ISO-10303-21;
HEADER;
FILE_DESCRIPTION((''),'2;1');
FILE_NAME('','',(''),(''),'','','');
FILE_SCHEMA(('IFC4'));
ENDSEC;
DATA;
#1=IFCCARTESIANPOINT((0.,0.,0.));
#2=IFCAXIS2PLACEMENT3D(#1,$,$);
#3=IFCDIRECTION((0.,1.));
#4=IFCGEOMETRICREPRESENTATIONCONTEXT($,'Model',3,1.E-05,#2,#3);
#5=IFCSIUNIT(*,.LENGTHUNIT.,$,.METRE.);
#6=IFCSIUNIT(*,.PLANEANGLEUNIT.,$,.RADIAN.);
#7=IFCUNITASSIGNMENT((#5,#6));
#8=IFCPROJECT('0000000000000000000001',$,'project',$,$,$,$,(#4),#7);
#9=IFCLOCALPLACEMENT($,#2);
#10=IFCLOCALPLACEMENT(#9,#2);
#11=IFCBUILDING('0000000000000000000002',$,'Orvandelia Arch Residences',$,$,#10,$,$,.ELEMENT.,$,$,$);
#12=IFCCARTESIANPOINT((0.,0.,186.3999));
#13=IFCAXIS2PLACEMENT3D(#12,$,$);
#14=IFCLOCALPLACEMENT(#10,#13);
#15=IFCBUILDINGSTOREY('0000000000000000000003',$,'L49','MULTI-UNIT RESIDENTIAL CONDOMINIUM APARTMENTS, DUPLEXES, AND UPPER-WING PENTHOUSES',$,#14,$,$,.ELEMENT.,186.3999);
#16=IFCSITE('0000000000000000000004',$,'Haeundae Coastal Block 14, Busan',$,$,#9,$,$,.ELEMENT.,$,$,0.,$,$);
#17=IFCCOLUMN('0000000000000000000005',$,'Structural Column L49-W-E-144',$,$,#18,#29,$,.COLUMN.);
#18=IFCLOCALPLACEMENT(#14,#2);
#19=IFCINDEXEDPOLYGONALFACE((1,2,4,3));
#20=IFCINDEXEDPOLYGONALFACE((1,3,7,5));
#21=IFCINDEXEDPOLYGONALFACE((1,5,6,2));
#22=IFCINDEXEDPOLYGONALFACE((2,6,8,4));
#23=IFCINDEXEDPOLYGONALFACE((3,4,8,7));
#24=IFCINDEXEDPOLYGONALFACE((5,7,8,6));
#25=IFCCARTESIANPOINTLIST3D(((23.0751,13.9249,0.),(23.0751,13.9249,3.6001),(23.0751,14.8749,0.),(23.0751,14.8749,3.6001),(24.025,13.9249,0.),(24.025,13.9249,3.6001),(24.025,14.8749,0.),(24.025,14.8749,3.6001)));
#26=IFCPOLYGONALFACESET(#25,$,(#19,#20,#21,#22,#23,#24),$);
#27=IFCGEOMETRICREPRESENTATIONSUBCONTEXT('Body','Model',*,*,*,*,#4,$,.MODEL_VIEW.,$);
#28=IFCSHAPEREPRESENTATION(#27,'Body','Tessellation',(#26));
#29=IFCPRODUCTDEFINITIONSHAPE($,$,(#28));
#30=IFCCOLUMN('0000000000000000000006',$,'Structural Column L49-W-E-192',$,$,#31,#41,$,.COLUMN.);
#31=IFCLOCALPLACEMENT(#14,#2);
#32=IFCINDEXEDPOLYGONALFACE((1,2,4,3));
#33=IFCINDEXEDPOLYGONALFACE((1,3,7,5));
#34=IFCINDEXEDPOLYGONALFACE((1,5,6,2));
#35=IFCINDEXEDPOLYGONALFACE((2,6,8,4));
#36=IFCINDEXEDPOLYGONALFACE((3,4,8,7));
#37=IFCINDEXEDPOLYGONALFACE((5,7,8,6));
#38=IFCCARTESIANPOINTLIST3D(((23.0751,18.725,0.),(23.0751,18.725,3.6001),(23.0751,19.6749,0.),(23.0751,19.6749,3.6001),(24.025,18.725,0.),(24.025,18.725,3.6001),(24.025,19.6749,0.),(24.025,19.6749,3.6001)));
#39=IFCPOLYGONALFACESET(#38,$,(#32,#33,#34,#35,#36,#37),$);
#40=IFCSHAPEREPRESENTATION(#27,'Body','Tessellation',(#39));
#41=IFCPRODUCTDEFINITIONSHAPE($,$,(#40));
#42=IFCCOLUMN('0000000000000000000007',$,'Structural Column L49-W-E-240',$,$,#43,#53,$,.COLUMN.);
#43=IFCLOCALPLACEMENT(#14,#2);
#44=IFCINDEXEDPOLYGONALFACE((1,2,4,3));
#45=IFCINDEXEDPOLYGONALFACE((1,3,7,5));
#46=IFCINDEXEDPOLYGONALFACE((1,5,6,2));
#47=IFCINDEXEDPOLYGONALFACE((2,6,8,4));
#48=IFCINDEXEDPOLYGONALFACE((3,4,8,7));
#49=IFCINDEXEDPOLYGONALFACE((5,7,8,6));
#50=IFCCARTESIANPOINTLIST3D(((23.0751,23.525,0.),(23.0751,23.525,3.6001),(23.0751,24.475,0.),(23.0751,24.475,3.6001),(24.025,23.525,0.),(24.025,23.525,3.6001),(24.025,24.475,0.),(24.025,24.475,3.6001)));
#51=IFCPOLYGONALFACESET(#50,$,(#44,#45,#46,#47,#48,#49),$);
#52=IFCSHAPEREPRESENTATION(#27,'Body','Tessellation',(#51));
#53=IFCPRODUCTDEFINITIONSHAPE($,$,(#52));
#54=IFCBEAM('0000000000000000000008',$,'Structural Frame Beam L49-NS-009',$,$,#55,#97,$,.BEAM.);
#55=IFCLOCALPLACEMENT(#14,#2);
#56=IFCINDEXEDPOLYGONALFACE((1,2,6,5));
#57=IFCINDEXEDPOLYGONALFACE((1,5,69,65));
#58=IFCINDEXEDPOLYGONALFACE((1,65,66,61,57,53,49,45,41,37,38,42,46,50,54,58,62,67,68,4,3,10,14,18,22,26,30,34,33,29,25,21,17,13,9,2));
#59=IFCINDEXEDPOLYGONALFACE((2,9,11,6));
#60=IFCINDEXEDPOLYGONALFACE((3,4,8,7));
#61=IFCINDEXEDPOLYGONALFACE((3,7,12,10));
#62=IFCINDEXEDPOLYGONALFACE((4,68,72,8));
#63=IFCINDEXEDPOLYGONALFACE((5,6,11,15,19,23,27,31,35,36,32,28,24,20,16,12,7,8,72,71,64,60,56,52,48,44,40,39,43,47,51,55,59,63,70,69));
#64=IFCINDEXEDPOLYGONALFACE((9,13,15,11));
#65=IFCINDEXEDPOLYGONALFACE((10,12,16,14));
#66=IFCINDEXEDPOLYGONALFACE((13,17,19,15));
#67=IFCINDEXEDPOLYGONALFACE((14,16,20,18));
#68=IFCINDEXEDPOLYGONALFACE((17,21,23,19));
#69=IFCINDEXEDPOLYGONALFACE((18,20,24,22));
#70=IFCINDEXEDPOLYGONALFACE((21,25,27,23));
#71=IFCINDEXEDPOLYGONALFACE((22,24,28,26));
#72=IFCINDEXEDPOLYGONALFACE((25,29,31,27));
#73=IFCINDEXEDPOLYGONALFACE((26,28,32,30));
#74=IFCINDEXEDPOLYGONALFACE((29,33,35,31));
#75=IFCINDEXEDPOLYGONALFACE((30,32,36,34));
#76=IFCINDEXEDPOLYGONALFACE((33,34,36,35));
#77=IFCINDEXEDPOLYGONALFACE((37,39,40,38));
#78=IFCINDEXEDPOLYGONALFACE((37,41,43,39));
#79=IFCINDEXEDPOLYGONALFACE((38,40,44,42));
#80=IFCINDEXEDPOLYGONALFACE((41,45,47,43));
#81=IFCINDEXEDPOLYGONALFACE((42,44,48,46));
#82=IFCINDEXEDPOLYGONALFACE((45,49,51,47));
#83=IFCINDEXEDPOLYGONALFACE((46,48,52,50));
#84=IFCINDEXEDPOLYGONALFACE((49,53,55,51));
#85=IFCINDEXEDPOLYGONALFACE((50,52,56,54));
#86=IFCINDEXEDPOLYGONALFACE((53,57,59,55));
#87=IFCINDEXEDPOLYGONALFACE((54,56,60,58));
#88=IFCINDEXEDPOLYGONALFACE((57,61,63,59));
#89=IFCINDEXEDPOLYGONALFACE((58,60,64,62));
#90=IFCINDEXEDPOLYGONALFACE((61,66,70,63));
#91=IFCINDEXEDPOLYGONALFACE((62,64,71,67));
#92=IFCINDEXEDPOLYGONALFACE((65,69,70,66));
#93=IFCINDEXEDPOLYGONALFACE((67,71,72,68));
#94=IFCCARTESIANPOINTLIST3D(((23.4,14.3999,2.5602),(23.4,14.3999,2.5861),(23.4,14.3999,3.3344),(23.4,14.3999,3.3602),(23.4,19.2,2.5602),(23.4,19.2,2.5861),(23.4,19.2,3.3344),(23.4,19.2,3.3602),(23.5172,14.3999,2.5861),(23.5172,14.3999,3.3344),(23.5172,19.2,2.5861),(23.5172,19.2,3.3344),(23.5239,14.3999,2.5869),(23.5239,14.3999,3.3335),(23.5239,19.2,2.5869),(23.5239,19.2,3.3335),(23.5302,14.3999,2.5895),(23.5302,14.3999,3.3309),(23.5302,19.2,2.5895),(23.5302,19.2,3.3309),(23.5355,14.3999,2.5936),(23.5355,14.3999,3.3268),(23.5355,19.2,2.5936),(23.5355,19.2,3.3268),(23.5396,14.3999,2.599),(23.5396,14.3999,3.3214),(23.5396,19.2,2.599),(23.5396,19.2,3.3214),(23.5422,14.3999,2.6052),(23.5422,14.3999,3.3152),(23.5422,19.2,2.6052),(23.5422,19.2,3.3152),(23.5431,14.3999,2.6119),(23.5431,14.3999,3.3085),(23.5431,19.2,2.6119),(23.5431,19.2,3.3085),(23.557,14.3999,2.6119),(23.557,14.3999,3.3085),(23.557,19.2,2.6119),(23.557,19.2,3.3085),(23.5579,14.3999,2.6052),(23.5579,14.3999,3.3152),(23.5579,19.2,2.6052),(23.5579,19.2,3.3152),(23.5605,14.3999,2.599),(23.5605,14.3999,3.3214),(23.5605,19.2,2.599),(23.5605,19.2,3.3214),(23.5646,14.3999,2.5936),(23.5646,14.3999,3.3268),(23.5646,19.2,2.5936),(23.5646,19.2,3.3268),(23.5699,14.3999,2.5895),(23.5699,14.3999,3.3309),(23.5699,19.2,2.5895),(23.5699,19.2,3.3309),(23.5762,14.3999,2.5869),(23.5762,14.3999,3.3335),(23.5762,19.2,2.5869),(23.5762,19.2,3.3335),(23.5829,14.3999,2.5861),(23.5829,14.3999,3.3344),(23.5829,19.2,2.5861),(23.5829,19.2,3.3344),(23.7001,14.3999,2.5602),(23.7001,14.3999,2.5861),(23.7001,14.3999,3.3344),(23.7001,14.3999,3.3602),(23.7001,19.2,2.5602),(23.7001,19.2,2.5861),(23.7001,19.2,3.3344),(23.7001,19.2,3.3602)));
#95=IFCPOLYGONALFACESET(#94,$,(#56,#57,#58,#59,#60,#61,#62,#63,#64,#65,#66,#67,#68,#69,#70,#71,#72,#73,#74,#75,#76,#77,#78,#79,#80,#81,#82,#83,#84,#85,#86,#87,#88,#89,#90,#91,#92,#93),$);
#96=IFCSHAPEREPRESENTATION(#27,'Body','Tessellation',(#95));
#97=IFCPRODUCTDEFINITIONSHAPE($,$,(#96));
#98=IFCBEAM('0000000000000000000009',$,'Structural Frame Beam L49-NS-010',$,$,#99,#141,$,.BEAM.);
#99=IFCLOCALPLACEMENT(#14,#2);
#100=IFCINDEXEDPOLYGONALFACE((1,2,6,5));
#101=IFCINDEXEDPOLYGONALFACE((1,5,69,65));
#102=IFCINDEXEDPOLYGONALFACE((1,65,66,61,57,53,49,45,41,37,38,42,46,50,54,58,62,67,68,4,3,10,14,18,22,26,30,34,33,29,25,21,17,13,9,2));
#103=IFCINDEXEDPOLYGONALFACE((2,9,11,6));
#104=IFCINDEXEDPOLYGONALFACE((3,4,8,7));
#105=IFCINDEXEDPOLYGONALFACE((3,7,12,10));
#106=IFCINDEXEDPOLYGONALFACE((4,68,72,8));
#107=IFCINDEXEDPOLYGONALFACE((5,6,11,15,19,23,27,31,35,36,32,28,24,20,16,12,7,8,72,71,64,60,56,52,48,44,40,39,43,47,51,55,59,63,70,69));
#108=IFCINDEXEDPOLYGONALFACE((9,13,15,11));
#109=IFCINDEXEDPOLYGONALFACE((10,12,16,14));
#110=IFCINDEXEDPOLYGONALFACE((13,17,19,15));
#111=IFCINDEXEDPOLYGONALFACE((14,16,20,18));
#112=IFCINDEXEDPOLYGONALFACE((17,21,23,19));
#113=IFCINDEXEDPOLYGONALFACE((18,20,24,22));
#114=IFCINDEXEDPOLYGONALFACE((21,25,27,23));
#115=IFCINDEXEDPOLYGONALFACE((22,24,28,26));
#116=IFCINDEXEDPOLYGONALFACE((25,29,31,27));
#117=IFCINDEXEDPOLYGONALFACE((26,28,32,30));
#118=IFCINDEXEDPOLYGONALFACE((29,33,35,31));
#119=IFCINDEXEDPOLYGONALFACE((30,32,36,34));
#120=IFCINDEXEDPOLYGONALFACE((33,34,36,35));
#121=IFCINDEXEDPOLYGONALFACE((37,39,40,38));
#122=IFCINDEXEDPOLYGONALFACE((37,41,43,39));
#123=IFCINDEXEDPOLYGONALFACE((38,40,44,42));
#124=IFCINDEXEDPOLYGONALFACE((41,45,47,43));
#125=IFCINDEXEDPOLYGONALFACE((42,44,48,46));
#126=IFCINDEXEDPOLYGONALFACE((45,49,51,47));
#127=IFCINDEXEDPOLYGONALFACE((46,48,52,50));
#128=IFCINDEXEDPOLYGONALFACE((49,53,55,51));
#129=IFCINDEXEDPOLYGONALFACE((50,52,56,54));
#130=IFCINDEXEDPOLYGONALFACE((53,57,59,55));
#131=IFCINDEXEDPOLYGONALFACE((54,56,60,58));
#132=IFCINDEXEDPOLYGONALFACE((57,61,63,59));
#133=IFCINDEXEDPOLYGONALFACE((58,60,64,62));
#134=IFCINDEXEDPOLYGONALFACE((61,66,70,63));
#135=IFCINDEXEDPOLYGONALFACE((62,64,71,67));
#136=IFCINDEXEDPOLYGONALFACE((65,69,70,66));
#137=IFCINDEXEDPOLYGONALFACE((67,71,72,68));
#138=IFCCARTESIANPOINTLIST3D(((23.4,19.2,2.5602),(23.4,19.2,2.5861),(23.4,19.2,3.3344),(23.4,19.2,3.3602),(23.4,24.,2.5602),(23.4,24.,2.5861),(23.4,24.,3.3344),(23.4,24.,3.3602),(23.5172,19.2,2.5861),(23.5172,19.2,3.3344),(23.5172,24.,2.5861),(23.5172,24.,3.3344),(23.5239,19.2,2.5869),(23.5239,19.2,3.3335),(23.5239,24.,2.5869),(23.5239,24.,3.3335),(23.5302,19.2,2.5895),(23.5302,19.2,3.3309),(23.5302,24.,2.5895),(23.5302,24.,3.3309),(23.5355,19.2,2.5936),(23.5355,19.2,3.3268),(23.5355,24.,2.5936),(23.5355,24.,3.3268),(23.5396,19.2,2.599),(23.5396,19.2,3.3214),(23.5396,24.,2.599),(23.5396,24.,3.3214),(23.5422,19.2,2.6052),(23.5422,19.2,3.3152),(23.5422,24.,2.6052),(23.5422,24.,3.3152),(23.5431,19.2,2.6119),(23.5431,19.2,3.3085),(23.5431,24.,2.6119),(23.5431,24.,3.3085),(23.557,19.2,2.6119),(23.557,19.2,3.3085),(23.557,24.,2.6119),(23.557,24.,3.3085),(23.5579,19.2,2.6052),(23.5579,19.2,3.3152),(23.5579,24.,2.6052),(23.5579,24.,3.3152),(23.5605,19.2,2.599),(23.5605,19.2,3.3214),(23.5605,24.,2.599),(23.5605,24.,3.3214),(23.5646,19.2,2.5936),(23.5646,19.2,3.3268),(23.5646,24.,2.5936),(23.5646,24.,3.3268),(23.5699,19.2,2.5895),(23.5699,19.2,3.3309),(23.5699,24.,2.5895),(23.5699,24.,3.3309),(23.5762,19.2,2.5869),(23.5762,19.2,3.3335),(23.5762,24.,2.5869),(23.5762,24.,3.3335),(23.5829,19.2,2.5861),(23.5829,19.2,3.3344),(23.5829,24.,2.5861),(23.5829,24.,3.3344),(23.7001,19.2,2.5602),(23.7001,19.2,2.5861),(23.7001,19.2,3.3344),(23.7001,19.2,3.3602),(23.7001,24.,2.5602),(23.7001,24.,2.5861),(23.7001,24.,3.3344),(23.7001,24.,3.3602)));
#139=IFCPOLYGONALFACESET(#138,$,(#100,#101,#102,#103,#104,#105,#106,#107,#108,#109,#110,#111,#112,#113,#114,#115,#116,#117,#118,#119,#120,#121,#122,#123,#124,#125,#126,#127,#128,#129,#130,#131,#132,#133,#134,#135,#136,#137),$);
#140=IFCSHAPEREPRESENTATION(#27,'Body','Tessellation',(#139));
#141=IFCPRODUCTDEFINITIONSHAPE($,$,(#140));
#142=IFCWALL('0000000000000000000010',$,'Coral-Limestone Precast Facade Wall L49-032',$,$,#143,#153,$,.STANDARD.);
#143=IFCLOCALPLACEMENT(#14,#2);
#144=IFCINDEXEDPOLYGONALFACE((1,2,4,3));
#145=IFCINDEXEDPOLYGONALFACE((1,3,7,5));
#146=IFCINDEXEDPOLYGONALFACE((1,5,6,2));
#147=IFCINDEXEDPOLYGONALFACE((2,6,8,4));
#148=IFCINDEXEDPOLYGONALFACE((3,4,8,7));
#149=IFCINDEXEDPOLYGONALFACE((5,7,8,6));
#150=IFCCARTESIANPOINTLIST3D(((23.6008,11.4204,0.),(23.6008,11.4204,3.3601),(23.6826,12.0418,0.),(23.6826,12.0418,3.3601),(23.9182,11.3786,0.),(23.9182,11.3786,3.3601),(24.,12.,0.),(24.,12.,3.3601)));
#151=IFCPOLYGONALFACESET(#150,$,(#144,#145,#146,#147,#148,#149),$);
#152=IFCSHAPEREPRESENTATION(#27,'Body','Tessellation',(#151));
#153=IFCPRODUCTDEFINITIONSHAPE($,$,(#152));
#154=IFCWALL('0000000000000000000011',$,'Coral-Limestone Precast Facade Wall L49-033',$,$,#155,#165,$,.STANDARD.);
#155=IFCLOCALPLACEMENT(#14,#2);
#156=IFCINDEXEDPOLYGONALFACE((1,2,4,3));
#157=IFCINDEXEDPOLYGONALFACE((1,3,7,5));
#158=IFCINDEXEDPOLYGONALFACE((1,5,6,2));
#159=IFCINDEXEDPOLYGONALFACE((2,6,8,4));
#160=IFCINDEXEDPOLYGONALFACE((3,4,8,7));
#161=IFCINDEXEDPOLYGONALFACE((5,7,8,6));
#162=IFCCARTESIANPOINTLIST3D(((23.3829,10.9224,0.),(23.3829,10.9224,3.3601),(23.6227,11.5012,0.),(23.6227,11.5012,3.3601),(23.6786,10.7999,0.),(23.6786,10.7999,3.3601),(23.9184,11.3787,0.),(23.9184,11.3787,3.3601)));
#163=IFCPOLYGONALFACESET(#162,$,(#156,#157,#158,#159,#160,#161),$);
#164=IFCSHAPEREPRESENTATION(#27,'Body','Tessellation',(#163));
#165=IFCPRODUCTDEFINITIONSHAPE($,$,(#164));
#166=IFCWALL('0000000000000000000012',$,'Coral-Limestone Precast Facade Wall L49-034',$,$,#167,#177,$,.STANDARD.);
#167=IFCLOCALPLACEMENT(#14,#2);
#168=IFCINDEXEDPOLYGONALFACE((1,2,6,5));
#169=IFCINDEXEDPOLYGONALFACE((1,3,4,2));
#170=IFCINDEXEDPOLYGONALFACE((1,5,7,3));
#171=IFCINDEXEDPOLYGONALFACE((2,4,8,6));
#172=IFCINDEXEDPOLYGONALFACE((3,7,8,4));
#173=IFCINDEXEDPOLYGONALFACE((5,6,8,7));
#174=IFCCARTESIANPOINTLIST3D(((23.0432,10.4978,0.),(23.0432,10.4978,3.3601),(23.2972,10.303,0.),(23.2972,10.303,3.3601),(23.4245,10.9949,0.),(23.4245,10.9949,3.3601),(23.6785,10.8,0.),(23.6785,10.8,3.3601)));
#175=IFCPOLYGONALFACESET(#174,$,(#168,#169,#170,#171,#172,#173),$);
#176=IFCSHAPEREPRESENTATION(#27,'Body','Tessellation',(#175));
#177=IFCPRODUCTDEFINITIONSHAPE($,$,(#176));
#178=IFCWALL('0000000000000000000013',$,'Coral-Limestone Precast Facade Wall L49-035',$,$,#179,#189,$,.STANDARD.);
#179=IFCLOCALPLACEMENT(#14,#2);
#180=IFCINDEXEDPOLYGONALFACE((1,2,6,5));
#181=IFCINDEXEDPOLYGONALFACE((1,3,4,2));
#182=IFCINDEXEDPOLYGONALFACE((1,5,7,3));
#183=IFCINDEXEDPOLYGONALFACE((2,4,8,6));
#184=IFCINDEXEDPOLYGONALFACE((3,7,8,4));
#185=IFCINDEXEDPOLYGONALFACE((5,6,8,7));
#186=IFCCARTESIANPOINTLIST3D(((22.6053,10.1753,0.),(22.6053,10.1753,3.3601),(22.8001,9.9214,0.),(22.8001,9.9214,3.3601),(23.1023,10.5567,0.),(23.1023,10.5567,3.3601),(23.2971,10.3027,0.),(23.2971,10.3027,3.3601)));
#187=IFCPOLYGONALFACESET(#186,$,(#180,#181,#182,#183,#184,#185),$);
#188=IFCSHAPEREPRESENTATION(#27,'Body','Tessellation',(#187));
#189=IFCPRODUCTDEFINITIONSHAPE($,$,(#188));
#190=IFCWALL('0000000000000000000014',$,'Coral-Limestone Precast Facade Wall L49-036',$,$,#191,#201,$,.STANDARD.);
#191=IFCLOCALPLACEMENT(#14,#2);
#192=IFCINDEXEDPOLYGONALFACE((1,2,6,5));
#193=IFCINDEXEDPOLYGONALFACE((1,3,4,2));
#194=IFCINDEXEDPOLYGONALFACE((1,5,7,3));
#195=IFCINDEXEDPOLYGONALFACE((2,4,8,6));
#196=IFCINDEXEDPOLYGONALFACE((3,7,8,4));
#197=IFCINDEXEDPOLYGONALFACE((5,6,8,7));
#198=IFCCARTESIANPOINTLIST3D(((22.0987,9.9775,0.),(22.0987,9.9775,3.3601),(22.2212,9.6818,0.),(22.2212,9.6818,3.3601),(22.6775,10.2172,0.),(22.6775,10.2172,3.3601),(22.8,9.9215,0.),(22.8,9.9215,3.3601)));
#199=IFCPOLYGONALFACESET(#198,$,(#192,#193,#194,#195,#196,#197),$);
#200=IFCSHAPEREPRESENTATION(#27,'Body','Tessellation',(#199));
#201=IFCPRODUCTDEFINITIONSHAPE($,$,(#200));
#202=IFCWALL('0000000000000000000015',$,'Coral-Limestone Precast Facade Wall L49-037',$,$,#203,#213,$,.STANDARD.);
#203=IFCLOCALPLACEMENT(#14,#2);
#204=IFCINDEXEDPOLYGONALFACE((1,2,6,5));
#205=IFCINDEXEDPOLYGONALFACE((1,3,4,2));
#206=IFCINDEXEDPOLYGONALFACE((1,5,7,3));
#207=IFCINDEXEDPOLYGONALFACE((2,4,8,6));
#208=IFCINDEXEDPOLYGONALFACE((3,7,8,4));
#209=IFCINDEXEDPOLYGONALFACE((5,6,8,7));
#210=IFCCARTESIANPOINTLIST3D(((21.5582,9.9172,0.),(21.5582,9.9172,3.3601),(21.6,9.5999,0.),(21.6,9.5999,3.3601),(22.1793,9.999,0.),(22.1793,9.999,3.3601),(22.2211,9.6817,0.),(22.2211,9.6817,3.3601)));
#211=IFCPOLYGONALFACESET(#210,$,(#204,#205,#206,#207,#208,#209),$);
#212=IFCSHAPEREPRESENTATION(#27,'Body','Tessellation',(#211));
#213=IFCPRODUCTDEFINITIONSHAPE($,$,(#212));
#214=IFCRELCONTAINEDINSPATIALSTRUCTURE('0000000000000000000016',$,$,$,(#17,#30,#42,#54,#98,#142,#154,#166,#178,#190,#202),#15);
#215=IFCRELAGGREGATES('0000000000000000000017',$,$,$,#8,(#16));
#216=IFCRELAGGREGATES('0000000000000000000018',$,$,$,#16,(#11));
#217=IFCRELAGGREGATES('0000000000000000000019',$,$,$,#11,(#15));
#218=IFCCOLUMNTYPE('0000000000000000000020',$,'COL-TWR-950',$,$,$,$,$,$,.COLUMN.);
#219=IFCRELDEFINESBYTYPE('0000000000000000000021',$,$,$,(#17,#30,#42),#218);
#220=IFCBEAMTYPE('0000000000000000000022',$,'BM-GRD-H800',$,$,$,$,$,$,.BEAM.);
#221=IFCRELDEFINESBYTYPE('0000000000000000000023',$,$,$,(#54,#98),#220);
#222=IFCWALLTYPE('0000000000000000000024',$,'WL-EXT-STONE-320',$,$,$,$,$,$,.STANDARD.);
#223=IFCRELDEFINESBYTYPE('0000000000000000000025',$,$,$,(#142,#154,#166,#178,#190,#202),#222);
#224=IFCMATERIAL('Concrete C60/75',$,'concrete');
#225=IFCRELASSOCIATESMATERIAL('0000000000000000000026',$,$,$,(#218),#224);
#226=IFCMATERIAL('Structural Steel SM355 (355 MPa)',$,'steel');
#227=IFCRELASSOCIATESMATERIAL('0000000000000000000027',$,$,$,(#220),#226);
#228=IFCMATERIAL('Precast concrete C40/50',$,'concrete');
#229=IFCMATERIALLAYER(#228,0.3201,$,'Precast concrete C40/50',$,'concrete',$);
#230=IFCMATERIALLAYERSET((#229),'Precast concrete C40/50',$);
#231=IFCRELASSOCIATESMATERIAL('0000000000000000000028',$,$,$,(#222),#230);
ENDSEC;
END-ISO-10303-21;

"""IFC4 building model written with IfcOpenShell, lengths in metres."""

from ifc_helpers import new_model, si_unit, direction, frame, frame_2d, origin, origin_2d, place, context, subcontext, project, spatial, rectangle, i_section, extrude, material, layer, layer_set, material_profile, profile_set, type_object, element, save


model = new_model("IFC4")

# Units and contexts
model_context = context("Model", 3, precision=1e-05, world=origin(), true_north=direction((0.0, 1.0)))
body_context = subcontext(model_context, "Body", "Model", "MODEL_VIEW")
ifc_project = project(units=[si_unit("LENGTHUNIT", "METRE"), si_unit("PLANEANGLEUNIT", "RADIAN")], contexts=[model_context])

# Site, building, storey
site_placement = place(None, origin())
site = spatial("IfcSite", under=ifc_project, at=site_placement, Name="Haeundae Coastal Block 14, Busan", CompositionType="ELEMENT", RefElevation=0.0)
building_placement = place(site_placement, origin())
building = spatial("IfcBuilding", under=site, at=building_placement, Name="Orvandelia Arch Residences", CompositionType="ELEMENT")
storey_placement = place(building_placement, frame((0.0, 0.0, 186.3999)))
storey = spatial("IfcBuildingStorey", under=building, at=storey_placement, Name="L49", Description="MULTI-UNIT RESIDENTIAL CONDOMINIUM APARTMENTS, DUPLEXES, AND UPPER-WING PENTHOUSES", CompositionType="ELEMENT", Elevation=186.3999)

# Columns
ifc_material_1 = material(Name="Concrete C60/75", Category="concrete")
ifc_material_profile_1 = material_profile(ifc_material_1, rectangle(XDim=0.95, YDim=0.95, at=origin_2d()), Name="Concrete C60/75", Category="concrete")
ifc_profile_set_1 = profile_set([ifc_material_profile_1], Name="Concrete C60/75")
column_type = type_object("IfcColumnType", Name="COL-TWR-950", PredefinedType="COLUMN", material=ifc_profile_set_1)
for number, where, z_axis, x_axis, name in (
    (1, (23.55, 14.3999, 0.0), (0.0, 0.0, 1.0), (1.0, 0.0, 0.0), "Structural Column L49-W-E-144"),
    (2, (23.55, 19.2, 0.0), (0.0, 0.0, 1.0), (1.0, 0.0, 0.0), "Structural Column L49-W-E-192"),
    (3, (23.55, 24.0, 0.0), (0.0, 0.0, 1.0), (1.0, 0.0, 0.0), "Structural Column L49-W-E-240"),
):
    element("IfcColumn", number, at=place(storey_placement, frame(where, z_axis=z_axis, x_axis=x_axis)), inside=storey, type_object=column_type, Name=name, PredefinedType="COLUMN", context=body_context, shape_type="SweptSolid", body=[
        extrude(rectangle(XDim=0.95, YDim=0.95, at=origin_2d()), origin(), (0.0, 0.0, 1.0), 3.6001),
    ])

# Beams
ifc_material_2 = material(Name="Structural Steel SM355 (355 MPa)", Category="steel")
ifc_material_profile_2 = material_profile(ifc_material_2, i_section(OverallWidth=0.3, OverallDepth=0.8, WebThickness=0.0139, FlangeThickness=0.0259, FilletRadius=0.0259, at=origin_2d()), Name="Structural Steel SM355 (355 MPa)", Category="steel")
ifc_profile_set_2 = profile_set([ifc_material_profile_2], Name="Structural Steel SM355 (355 MPa)")
beam_type = type_object("IfcBeamType", Name="BM-GRD-H800", PredefinedType="BEAM", material=ifc_profile_set_2)
for number, where, z_axis, x_axis, name in (
    (4, (23.55, 14.3999, 2.9602), (0.0, 1.0, 0.0), (-1.0, 0.0, 0.0), "Structural Frame Beam L49-NS-009"),
    (5, (23.55, 19.2, 2.9602), (0.0, 1.0, 0.0), (-1.0, 0.0, 0.0), "Structural Frame Beam L49-NS-010"),
):
    element("IfcBeam", number, at=place(storey_placement, frame(where, z_axis=z_axis, x_axis=x_axis)), inside=storey, type_object=beam_type, Name=name, PredefinedType="BEAM", context=body_context, shape_type="SweptSolid", body=[
        extrude(i_section(OverallWidth=0.3, OverallDepth=0.8, WebThickness=0.0139, FlangeThickness=0.0259, FilletRadius=0.0259, at=origin_2d()), origin(), (0.0, 0.0, 1.0), 4.8),
    ])

# Walls
ifc_material_3 = material(Name="Precast concrete C40/50", Category="concrete")
ifc_layer = layer(ifc_material_3, 0.3201, Name="Precast concrete C40/50", Category="concrete")
ifc_layer_set = layer_set([ifc_layer], Name="Precast concrete C40/50")
wall_type = type_object("IfcWallType", Name="WL-EXT-STONE-320", PredefinedType="STANDARD", material=ifc_layer_set)
wall_1_placement = place(storey_placement, frame((23.8413, 12.021, 0.0), z_axis=(0.0, 0.0, 1.0), x_axis=(-0.130505, -0.991448, 0.0)))
element("IfcWall", 6, at=wall_1_placement, inside=storey, type_object=wall_type, Name="Coral-Limestone Precast Facade Wall L49-032", PredefinedType="STANDARD", context=body_context, shape_type="SweptSolid", body=[
    extrude(rectangle(XDim=0.6267, YDim=0.3201, at=frame_2d((0.3135, 0.0))), origin(), (0.0, 0.0, 1.0), 3.3601),
])
for number, where, z_axis, x_axis, name in (
    (7, (23.7705, 11.4399, 0.0), (0.0, 0.0, 1.0), (-0.38265, -0.923893, 0.0), "Coral-Limestone Precast Facade Wall L49-033"),
    (8, (23.5515, 10.8975, 0.0), (0.0, 0.0, 1.0), (-0.608693, -0.793406, 0.0), "Coral-Limestone Precast Facade Wall L49-034"),
    (9, (23.1997, 10.4297, 0.0), (0.0, 0.0, 1.0), (-0.793406, -0.608693, 0.0), "Coral-Limestone Precast Facade Wall L49-035"),
    (10, (22.7388, 10.0693, 0.0), (0.0, 0.0, 1.0), (-0.923893, -0.38265, 0.0), "Coral-Limestone Precast Facade Wall L49-036"),
    (11, (22.2002, 9.8403, 0.0), (0.0, 0.0, 1.0), (-0.991441, -0.130555, 0.0), "Coral-Limestone Precast Facade Wall L49-037"),
):
    element("IfcWall", number, at=place(storey_placement, frame(where, z_axis=z_axis, x_axis=x_axis)), inside=storey, type_object=wall_type, Name=name, PredefinedType="STANDARD", context=body_context, shape_type="SweptSolid", body=[
        extrude(rectangle(XDim=0.6265, YDim=0.3201, at=frame_2d((0.3132, 0.0))), origin(), (0.0, 0.0, 1.0), 3.3601),
    ])

save(model, "model.ifc")
